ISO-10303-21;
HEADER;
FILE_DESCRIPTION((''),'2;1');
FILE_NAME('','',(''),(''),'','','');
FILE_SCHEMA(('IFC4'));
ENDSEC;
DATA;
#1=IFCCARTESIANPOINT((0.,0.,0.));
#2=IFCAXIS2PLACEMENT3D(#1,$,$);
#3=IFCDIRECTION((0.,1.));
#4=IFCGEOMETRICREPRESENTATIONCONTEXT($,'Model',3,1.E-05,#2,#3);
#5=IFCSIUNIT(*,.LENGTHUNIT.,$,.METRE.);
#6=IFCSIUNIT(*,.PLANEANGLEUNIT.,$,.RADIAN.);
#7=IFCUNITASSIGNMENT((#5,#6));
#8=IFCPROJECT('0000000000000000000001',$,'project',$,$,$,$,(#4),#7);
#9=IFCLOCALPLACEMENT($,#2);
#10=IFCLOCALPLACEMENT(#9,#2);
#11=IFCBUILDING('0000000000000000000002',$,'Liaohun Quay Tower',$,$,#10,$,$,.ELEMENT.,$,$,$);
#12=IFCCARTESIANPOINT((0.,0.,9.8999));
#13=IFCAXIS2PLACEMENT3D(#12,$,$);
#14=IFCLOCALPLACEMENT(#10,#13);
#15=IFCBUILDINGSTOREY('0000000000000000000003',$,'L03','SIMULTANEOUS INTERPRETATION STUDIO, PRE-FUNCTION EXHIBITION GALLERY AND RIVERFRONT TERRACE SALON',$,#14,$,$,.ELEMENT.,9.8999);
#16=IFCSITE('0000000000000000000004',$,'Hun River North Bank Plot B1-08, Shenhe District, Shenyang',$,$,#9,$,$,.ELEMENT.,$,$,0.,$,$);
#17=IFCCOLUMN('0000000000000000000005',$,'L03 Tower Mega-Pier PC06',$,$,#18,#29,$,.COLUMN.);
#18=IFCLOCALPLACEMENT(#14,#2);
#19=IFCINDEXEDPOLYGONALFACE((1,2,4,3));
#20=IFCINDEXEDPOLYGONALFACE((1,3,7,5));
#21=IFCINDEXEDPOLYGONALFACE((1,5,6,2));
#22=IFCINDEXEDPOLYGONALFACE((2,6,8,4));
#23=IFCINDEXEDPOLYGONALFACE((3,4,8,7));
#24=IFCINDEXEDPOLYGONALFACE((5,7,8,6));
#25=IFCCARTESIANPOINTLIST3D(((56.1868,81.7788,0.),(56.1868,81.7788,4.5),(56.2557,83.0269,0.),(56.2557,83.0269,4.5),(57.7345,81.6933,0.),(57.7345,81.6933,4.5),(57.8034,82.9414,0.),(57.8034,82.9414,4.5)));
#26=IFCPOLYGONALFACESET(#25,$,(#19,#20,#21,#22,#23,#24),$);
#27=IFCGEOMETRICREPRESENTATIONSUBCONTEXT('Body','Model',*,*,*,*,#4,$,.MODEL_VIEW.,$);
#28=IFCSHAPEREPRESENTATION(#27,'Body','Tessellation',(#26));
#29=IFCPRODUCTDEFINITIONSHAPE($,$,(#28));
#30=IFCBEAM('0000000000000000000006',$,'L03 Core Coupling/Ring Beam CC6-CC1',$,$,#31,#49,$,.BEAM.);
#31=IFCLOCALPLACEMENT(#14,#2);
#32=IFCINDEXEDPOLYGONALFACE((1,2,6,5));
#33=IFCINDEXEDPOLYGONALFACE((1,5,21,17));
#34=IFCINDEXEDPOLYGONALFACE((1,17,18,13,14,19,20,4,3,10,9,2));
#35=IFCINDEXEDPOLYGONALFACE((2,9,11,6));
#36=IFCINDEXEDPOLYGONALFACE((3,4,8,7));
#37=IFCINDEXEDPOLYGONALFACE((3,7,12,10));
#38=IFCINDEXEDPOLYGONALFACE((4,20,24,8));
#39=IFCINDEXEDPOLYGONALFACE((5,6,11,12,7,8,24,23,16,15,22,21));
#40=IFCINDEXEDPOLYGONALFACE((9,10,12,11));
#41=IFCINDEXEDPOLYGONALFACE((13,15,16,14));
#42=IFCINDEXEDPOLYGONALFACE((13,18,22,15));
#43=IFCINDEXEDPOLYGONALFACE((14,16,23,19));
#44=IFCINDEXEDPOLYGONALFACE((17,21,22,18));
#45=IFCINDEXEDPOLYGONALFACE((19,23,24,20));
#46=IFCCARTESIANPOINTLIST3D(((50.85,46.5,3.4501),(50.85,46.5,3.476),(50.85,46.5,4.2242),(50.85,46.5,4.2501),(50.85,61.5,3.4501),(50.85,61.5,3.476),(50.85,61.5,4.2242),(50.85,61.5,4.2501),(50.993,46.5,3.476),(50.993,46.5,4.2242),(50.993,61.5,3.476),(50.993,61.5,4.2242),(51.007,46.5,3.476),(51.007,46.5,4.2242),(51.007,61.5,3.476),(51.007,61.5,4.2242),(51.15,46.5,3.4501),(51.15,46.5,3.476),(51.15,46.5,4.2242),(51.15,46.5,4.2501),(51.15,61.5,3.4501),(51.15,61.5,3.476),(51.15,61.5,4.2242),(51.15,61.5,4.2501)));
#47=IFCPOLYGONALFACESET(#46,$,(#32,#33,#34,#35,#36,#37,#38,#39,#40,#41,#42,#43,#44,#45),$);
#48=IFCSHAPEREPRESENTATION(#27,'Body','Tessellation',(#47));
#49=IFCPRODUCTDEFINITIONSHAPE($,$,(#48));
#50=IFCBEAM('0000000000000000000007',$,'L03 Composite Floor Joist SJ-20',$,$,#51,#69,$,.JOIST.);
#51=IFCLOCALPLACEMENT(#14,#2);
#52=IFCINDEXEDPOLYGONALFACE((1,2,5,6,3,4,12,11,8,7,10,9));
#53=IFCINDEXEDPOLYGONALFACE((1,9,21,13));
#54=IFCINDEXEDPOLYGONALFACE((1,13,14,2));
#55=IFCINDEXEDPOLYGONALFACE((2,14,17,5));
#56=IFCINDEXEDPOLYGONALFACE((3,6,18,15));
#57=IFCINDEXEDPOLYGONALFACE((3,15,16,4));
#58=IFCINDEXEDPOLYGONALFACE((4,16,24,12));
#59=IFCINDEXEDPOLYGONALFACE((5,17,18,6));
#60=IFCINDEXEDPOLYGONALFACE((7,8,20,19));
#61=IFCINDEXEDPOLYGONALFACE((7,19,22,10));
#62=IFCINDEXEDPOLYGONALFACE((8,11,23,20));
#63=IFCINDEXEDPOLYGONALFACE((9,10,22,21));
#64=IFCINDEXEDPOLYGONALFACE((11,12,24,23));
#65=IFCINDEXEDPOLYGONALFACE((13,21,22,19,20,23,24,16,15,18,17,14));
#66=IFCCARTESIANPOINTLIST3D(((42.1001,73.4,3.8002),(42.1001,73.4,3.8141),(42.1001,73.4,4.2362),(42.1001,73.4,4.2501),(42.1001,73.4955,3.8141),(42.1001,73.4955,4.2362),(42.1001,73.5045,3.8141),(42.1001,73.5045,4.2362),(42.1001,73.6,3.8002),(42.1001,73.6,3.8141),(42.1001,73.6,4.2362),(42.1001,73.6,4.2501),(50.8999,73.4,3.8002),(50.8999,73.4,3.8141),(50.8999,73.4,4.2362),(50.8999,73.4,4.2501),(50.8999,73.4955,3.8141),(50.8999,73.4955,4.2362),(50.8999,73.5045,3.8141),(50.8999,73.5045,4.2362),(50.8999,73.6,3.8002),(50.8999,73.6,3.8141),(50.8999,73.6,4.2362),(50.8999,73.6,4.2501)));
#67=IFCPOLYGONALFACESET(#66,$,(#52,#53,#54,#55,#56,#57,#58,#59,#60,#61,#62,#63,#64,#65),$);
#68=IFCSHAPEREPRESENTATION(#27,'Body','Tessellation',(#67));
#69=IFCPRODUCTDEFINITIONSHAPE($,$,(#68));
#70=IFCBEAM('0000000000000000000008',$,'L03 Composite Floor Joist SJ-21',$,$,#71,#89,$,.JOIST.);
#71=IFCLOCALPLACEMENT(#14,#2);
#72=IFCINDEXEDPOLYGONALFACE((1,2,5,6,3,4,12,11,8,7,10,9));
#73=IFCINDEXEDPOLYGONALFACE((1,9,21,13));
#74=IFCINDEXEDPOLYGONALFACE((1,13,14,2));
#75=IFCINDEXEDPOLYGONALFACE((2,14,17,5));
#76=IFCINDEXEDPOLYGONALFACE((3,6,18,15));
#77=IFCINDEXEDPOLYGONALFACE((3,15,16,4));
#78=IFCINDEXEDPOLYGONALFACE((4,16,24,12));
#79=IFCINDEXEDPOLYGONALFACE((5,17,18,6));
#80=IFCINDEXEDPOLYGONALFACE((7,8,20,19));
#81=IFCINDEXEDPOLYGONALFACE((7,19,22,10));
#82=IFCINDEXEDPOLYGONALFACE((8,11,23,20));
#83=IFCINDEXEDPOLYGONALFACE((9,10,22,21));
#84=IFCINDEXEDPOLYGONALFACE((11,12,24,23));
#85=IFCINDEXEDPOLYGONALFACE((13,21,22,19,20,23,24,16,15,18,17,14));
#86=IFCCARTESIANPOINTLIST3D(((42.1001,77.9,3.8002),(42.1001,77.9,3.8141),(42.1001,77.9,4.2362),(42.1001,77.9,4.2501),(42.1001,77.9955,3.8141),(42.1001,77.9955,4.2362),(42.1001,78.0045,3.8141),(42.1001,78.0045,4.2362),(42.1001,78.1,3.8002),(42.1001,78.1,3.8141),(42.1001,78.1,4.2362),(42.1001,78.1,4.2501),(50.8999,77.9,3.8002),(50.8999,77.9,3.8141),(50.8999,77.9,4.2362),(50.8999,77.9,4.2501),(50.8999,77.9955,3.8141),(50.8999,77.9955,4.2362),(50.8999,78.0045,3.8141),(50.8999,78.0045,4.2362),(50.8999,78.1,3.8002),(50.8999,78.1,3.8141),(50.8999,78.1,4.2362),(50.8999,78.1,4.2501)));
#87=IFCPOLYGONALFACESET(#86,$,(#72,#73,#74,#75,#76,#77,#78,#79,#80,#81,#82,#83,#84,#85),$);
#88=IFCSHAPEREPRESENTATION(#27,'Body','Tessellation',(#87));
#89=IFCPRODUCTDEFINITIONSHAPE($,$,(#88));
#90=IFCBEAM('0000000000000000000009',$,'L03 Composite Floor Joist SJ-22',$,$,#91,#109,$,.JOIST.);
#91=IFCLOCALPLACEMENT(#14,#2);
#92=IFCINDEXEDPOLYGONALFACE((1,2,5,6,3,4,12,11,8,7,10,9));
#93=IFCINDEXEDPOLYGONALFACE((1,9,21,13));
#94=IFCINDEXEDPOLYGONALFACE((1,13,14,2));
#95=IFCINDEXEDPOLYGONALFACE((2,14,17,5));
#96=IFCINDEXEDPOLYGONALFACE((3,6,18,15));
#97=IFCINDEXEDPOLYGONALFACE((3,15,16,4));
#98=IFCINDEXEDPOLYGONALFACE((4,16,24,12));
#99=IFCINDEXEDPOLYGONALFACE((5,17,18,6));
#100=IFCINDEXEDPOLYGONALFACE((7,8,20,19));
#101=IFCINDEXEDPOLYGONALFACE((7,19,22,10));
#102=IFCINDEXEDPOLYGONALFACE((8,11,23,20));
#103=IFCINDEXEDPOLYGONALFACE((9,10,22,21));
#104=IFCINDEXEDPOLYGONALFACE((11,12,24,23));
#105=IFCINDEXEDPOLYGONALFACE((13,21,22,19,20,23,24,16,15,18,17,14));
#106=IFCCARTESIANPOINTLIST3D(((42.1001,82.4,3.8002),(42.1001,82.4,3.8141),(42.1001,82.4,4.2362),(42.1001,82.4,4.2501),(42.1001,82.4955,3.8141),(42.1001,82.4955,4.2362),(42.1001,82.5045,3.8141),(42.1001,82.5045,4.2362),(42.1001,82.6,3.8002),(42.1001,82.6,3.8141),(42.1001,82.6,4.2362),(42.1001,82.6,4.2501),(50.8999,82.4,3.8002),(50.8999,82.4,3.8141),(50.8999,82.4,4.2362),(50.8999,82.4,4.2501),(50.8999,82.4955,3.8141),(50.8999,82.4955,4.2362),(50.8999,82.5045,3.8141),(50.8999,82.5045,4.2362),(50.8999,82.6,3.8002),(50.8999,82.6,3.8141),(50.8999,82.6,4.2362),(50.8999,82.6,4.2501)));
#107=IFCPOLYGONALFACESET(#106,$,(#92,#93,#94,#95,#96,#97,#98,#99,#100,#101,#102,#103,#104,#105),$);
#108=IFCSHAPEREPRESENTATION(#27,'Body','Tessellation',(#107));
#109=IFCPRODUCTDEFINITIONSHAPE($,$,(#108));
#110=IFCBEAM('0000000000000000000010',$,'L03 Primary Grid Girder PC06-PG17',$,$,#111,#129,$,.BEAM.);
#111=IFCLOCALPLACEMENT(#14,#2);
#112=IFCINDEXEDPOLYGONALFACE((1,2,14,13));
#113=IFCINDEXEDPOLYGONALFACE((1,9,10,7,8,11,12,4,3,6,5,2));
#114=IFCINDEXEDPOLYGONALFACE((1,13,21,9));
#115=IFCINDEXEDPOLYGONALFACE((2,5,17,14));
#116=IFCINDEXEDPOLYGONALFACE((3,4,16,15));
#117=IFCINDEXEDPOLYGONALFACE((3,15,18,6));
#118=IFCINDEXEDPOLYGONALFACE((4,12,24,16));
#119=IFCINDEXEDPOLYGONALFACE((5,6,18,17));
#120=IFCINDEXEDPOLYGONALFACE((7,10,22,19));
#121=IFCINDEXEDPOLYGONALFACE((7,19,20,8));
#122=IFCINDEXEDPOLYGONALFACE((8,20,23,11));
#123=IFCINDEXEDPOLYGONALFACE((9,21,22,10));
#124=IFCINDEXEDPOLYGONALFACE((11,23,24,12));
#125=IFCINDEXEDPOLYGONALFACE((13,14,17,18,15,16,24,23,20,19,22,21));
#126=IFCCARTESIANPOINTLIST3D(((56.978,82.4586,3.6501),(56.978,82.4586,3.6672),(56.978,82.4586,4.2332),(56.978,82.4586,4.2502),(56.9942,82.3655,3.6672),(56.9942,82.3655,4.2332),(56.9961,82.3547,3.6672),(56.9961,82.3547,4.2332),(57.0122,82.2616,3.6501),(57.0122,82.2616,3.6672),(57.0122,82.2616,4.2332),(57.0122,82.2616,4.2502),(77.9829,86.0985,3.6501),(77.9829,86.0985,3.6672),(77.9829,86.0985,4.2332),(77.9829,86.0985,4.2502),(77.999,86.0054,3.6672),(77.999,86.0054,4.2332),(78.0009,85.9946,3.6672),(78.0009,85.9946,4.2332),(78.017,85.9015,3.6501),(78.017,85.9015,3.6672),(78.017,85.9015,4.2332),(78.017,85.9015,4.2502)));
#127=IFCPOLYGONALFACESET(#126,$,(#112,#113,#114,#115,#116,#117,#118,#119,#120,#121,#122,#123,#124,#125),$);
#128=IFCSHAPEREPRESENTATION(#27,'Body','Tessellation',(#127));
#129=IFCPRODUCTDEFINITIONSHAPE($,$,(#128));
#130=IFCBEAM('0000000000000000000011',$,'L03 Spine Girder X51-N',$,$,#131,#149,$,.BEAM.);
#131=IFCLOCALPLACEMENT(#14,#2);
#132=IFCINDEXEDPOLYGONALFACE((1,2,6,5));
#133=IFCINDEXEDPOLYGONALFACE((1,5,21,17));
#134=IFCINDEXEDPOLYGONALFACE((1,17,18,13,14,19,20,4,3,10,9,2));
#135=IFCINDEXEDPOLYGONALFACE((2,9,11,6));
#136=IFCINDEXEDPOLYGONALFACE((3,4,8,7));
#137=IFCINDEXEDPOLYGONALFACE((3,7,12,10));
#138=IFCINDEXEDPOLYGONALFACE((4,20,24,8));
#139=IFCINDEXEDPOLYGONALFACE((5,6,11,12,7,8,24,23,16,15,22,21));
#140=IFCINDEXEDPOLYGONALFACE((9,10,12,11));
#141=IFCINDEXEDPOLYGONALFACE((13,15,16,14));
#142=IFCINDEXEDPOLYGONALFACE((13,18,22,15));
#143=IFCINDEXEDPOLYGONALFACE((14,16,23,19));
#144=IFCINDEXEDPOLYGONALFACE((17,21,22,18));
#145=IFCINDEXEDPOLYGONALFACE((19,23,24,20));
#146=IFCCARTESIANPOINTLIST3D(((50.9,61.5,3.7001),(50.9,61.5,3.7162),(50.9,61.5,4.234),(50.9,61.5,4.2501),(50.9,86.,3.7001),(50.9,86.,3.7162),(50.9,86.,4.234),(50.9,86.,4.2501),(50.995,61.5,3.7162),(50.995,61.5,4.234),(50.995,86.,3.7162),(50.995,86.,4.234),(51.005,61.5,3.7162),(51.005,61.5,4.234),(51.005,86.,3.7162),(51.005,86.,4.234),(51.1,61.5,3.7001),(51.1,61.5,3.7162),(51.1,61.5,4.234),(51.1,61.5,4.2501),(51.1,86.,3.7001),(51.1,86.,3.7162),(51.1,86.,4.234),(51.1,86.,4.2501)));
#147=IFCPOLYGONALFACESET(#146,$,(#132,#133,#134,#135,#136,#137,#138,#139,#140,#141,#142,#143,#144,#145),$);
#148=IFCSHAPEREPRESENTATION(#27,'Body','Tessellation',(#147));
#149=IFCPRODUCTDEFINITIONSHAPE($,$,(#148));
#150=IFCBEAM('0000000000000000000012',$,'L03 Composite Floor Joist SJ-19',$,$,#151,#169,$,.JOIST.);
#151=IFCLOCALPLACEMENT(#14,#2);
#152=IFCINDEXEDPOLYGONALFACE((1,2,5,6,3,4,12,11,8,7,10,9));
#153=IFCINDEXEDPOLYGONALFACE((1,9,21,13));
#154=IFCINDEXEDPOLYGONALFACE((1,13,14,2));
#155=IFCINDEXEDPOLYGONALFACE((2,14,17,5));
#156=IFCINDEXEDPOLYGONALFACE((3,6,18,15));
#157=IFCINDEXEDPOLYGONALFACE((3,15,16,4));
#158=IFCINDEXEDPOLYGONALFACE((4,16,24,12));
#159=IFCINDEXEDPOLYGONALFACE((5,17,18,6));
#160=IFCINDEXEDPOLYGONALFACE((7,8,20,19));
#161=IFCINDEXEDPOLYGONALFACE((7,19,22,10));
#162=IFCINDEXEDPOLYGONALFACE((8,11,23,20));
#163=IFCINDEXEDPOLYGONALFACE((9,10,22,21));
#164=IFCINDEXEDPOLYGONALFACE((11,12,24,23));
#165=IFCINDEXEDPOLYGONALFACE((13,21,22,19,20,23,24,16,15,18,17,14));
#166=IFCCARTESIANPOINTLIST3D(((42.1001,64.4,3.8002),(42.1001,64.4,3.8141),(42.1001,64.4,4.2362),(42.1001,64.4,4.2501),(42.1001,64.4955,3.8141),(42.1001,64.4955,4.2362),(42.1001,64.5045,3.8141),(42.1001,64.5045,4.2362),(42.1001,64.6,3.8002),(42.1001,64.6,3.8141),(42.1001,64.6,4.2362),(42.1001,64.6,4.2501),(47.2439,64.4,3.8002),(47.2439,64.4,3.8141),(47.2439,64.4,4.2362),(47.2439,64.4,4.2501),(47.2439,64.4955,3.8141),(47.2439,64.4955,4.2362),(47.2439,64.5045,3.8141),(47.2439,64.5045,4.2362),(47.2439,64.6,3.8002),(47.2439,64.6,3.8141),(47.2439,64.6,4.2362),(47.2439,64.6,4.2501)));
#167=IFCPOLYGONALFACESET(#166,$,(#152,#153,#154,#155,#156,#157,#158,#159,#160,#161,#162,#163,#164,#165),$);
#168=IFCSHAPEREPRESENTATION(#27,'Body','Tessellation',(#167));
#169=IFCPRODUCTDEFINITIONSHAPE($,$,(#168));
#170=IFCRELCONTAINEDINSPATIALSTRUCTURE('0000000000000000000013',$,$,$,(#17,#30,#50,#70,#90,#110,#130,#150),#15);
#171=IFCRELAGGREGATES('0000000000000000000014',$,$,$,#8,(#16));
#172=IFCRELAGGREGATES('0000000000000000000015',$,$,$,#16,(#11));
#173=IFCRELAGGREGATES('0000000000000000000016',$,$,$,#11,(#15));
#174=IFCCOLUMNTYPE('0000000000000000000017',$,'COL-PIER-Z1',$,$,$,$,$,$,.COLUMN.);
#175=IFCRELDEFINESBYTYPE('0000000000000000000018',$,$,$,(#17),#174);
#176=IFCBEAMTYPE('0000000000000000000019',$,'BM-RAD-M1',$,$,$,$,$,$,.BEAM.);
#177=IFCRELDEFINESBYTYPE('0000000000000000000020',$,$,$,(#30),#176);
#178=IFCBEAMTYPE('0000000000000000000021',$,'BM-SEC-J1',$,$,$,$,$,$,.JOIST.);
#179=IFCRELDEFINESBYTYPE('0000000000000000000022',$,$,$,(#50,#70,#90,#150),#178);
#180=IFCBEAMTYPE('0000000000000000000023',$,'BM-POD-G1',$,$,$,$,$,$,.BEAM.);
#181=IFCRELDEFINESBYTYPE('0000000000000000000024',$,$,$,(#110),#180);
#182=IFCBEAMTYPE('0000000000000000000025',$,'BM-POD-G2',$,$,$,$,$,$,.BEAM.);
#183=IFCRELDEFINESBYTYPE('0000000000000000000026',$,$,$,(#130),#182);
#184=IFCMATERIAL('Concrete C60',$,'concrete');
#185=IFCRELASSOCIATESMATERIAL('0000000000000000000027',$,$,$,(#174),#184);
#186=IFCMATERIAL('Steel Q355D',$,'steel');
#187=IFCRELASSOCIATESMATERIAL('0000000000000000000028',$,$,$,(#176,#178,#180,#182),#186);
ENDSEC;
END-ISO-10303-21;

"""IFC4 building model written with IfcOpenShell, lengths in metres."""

from ifc_helpers import new_model, si_unit, direction, frame, origin, origin_2d, place, context, subcontext, project, spatial, rectangle, i_section, extrude, source, transform, mapped, material, material_profile, profile_set, type_object, element, save


model = new_model("IFC4")

# Units and contexts
model_context = context("Model", 3, precision=1e-05, world=origin(), true_north=direction((0.0, 1.0)))
body_context = subcontext(model_context, "Body", "Model", "MODEL_VIEW")
ifc_project = project(units=[si_unit("LENGTHUNIT", "METRE"), si_unit("PLANEANGLEUNIT", "RADIAN")], contexts=[model_context])

# Site, building, storey
site_placement = place(None, origin())
site = spatial("IfcSite", under=ifc_project, at=site_placement, Name="Hun River North Bank Plot B1-08, Shenhe District, Shenyang", CompositionType="ELEMENT", RefElevation=0.0)
building_placement = place(site_placement, origin())
building = spatial("IfcBuilding", under=site, at=building_placement, Name="Liaohun Quay Tower", CompositionType="ELEMENT")
storey_placement = place(building_placement, frame((0.0, 0.0, 9.8999)))
storey = spatial("IfcBuildingStorey", under=building, at=storey_placement, Name="L03", Description="SIMULTANEOUS INTERPRETATION STUDIO, PRE-FUNCTION EXHIBITION GALLERY AND RIVERFRONT TERRACE SALON", CompositionType="ELEMENT", Elevation=9.8999)

# Column
ifc_material_1 = material(Name="Concrete C60", Category="concrete")
ifc_material_profile_1 = material_profile(ifc_material_1, rectangle(XDim=1.55, YDim=1.25, at=origin_2d()), Name="RC1550x1250")
ifc_profile_set_1 = profile_set([ifc_material_profile_1], Name="Concrete C60")
column_type = type_object("IfcColumnType", Name="COL-PIER-Z1", PredefinedType="COLUMN", material=ifc_profile_set_1)
shared_shape_1 = source(origin(), body_context, "Body", "SweptSolid", [
    extrude(rectangle(XDim=1.55, YDim=1.25, at=origin_2d()), origin(), (0.0, 0.0, 1.0), 4.5),
])
column_placement = place(storey_placement, frame((56.9951, 82.3601, 0.0), z_axis=(0.0, 0.0, 1.0), x_axis=(-0.998479, 0.055124, 0.0)))
element("IfcColumn", 1, at=column_placement, inside=storey, type_object=column_type, Name="L03 Tower Mega-Pier PC06", PredefinedType="COLUMN", context=body_context, shape_type="MappedRepresentation", body=[
    mapped(shared_shape_1, transform((0.0, 0.0, 0.0), x_axis=(1.0, 0.0, 0.0), y_axis=(0.0, 1.0, 0.0), z_axis=(0.0, 0.0, 1.0), scale=1.0)),
])

# Beams
ifc_material_2 = material(Name="Steel Q355D", Category="steel")
ifc_material_profile_2 = material_profile(ifc_material_2, i_section(OverallWidth=0.3, OverallDepth=0.8, WebThickness=0.0139, FlangeThickness=0.0259, at=origin_2d()), Name="HN800x300x14x26")
ifc_profile_set_2 = profile_set([ifc_material_profile_2], Name="Steel Q355D")
beam_type_1 = type_object("IfcBeamType", Name="BM-RAD-M1", PredefinedType="BEAM", material=ifc_profile_set_2)
shared_shape_2 = source(origin(), body_context, "Body", "SweptSolid", [
    extrude(i_section(OverallWidth=0.3, OverallDepth=0.8, WebThickness=0.0139, FlangeThickness=0.0259, at=origin_2d()), origin(), (0.0, 0.0, 1.0), 15.0),
])
beam_1_placement = place(storey_placement, frame((51.0, 61.5, 3.8501), z_axis=(0.0, -1.0, 0.0), x_axis=(1.0, 0.0, 0.0)))
element("IfcBeam", 2, at=beam_1_placement, inside=storey, type_object=beam_type_1, Name="L03 Core Coupling/Ring Beam CC6-CC1", PredefinedType="BEAM", context=body_context, shape_type="MappedRepresentation", body=[
    mapped(shared_shape_2, transform((0.0, 0.0, 0.0), x_axis=(1.0, 0.0, 0.0), y_axis=(0.0, 1.0, 0.0), z_axis=(0.0, 0.0, 1.0), scale=1.0)),
])
ifc_material_profile_3 = material_profile(ifc_material_2, i_section(OverallWidth=0.2, OverallDepth=0.45, WebThickness=0.009, FlangeThickness=0.0139, at=origin_2d()), Name="HN450x200x9x14")
ifc_profile_set_3 = profile_set([ifc_material_profile_3], Name="Steel Q355D")
beam_type_2 = type_object("IfcBeamType", Name="BM-SEC-J1", PredefinedType="JOIST", material=ifc_profile_set_3)
shared_shape_3 = source(origin(), body_context, "Body", "SweptSolid", [
    extrude(i_section(OverallWidth=0.2, OverallDepth=0.45, WebThickness=0.009, FlangeThickness=0.0139, at=origin_2d()), origin(), (0.0, 0.0, 1.0), 8.7998),
])
for number, where, z_axis, x_axis, name in (
    (3, (42.1001, 73.5, 4.0251), (1.0, 0.0, 0.0), (0.0, 1.0, 0.0), "L03 Composite Floor Joist SJ-20"),
    (4, (42.1001, 78.0, 4.0251), (1.0, 0.0, 0.0), (0.0, 1.0, 0.0), "L03 Composite Floor Joist SJ-21"),
    (5, (42.1001, 82.5, 4.0251), (1.0, 0.0, 0.0), (0.0, 1.0, 0.0), "L03 Composite Floor Joist SJ-22"),
):
    element("IfcBeam", number, at=place(storey_placement, frame(where, z_axis=z_axis, x_axis=x_axis)), inside=storey, type_object=beam_type_2, Name=name, PredefinedType="JOIST", context=body_context, shape_type="MappedRepresentation", body=[
        mapped(shared_shape_3, transform((0.0, 0.0, 0.0), x_axis=(1.0, 0.0, 0.0), y_axis=(0.0, 1.0, 0.0), z_axis=(0.0, 0.0, 1.0), scale=1.0)),
    ])
ifc_material_profile_4 = material_profile(ifc_material_2, i_section(OverallWidth=0.2, OverallDepth=0.6001, WebThickness=0.011, FlangeThickness=0.0171, at=origin_2d()), Name="HN600x200x11x17")
ifc_profile_set_4 = profile_set([ifc_material_profile_4], Name="Steel Q355D")
beam_type_3 = type_object("IfcBeamType", Name="BM-POD-G1", PredefinedType="BEAM", material=ifc_profile_set_4)
shared_shape_4 = source(origin(), body_context, "Body", "SweptSolid", [
    extrude(i_section(OverallWidth=0.2, OverallDepth=0.6001, WebThickness=0.011, FlangeThickness=0.0171, at=origin_2d()), origin(), (0.0, 0.0, 1.0), 21.3179),
])
beam_2_placement = place(storey_placement, frame((56.9951, 82.3601, 3.9502), z_axis=(0.985316, 0.170743, 0.0), x_axis=(-0.170743, 0.985316, 0.0)))
element("IfcBeam", 6, at=beam_2_placement, inside=storey, type_object=beam_type_3, Name="L03 Primary Grid Girder PC06-PG17", PredefinedType="BEAM", context=body_context, shape_type="MappedRepresentation", body=[
    mapped(shared_shape_4, transform((0.0, 0.0, 0.0), x_axis=(1.0, 0.0, 0.0), y_axis=(0.0, 1.0, 0.0), z_axis=(0.0, 0.0, 1.0), scale=1.0)),
])
ifc_material_profile_5 = material_profile(ifc_material_2, i_section(OverallWidth=0.2, OverallDepth=0.55, WebThickness=0.01, FlangeThickness=0.0161, at=origin_2d()), Name="HN550x200x10x16")
ifc_profile_set_5 = profile_set([ifc_material_profile_5], Name="Steel Q355D")
beam_type_4 = type_object("IfcBeamType", Name="BM-POD-G2", PredefinedType="BEAM", material=ifc_profile_set_5)
shared_shape_5 = source(origin(), body_context, "Body", "SweptSolid", [
    extrude(i_section(OverallWidth=0.2, OverallDepth=0.55, WebThickness=0.01, FlangeThickness=0.0161, at=origin_2d()), origin(), (0.0, 0.0, 1.0), 24.5),
])
beam_3_placement = place(storey_placement, frame((51.0, 61.5, 3.9751), z_axis=(0.0, 1.0, 0.0), x_axis=(-1.0, 0.0, 0.0)))
element("IfcBeam", 7, at=beam_3_placement, inside=storey, type_object=beam_type_4, Name="L03 Spine Girder X51-N", PredefinedType="BEAM", context=body_context, shape_type="MappedRepresentation", body=[
    mapped(shared_shape_5, transform((0.0, 0.0, 0.0), x_axis=(1.0, 0.0, 0.0), y_axis=(0.0, 1.0, 0.0), z_axis=(0.0, 0.0, 1.0), scale=1.0)),
])
shared_shape_6 = source(origin(), body_context, "Body", "SweptSolid", [
    extrude(i_section(OverallWidth=0.2, OverallDepth=0.45, WebThickness=0.009, FlangeThickness=0.0139, at=origin_2d()), origin(), (0.0, 0.0, 1.0), 5.1438),
])
beam_4_placement = place(storey_placement, frame((42.1001, 64.5, 4.0251), z_axis=(1.0, 0.0, 0.0), x_axis=(0.0, 1.0, 0.0)))
element("IfcBeam", 8, at=beam_4_placement, inside=storey, type_object=beam_type_2, Name="L03 Composite Floor Joist SJ-19", PredefinedType="JOIST", context=body_context, shape_type="MappedRepresentation", body=[
    mapped(shared_shape_6, transform((0.0, 0.0, 0.0), x_axis=(1.0, 0.0, 0.0), y_axis=(0.0, 1.0, 0.0), z_axis=(0.0, 0.0, 1.0), scale=1.0)),
])

save(model, "model.ifc")
